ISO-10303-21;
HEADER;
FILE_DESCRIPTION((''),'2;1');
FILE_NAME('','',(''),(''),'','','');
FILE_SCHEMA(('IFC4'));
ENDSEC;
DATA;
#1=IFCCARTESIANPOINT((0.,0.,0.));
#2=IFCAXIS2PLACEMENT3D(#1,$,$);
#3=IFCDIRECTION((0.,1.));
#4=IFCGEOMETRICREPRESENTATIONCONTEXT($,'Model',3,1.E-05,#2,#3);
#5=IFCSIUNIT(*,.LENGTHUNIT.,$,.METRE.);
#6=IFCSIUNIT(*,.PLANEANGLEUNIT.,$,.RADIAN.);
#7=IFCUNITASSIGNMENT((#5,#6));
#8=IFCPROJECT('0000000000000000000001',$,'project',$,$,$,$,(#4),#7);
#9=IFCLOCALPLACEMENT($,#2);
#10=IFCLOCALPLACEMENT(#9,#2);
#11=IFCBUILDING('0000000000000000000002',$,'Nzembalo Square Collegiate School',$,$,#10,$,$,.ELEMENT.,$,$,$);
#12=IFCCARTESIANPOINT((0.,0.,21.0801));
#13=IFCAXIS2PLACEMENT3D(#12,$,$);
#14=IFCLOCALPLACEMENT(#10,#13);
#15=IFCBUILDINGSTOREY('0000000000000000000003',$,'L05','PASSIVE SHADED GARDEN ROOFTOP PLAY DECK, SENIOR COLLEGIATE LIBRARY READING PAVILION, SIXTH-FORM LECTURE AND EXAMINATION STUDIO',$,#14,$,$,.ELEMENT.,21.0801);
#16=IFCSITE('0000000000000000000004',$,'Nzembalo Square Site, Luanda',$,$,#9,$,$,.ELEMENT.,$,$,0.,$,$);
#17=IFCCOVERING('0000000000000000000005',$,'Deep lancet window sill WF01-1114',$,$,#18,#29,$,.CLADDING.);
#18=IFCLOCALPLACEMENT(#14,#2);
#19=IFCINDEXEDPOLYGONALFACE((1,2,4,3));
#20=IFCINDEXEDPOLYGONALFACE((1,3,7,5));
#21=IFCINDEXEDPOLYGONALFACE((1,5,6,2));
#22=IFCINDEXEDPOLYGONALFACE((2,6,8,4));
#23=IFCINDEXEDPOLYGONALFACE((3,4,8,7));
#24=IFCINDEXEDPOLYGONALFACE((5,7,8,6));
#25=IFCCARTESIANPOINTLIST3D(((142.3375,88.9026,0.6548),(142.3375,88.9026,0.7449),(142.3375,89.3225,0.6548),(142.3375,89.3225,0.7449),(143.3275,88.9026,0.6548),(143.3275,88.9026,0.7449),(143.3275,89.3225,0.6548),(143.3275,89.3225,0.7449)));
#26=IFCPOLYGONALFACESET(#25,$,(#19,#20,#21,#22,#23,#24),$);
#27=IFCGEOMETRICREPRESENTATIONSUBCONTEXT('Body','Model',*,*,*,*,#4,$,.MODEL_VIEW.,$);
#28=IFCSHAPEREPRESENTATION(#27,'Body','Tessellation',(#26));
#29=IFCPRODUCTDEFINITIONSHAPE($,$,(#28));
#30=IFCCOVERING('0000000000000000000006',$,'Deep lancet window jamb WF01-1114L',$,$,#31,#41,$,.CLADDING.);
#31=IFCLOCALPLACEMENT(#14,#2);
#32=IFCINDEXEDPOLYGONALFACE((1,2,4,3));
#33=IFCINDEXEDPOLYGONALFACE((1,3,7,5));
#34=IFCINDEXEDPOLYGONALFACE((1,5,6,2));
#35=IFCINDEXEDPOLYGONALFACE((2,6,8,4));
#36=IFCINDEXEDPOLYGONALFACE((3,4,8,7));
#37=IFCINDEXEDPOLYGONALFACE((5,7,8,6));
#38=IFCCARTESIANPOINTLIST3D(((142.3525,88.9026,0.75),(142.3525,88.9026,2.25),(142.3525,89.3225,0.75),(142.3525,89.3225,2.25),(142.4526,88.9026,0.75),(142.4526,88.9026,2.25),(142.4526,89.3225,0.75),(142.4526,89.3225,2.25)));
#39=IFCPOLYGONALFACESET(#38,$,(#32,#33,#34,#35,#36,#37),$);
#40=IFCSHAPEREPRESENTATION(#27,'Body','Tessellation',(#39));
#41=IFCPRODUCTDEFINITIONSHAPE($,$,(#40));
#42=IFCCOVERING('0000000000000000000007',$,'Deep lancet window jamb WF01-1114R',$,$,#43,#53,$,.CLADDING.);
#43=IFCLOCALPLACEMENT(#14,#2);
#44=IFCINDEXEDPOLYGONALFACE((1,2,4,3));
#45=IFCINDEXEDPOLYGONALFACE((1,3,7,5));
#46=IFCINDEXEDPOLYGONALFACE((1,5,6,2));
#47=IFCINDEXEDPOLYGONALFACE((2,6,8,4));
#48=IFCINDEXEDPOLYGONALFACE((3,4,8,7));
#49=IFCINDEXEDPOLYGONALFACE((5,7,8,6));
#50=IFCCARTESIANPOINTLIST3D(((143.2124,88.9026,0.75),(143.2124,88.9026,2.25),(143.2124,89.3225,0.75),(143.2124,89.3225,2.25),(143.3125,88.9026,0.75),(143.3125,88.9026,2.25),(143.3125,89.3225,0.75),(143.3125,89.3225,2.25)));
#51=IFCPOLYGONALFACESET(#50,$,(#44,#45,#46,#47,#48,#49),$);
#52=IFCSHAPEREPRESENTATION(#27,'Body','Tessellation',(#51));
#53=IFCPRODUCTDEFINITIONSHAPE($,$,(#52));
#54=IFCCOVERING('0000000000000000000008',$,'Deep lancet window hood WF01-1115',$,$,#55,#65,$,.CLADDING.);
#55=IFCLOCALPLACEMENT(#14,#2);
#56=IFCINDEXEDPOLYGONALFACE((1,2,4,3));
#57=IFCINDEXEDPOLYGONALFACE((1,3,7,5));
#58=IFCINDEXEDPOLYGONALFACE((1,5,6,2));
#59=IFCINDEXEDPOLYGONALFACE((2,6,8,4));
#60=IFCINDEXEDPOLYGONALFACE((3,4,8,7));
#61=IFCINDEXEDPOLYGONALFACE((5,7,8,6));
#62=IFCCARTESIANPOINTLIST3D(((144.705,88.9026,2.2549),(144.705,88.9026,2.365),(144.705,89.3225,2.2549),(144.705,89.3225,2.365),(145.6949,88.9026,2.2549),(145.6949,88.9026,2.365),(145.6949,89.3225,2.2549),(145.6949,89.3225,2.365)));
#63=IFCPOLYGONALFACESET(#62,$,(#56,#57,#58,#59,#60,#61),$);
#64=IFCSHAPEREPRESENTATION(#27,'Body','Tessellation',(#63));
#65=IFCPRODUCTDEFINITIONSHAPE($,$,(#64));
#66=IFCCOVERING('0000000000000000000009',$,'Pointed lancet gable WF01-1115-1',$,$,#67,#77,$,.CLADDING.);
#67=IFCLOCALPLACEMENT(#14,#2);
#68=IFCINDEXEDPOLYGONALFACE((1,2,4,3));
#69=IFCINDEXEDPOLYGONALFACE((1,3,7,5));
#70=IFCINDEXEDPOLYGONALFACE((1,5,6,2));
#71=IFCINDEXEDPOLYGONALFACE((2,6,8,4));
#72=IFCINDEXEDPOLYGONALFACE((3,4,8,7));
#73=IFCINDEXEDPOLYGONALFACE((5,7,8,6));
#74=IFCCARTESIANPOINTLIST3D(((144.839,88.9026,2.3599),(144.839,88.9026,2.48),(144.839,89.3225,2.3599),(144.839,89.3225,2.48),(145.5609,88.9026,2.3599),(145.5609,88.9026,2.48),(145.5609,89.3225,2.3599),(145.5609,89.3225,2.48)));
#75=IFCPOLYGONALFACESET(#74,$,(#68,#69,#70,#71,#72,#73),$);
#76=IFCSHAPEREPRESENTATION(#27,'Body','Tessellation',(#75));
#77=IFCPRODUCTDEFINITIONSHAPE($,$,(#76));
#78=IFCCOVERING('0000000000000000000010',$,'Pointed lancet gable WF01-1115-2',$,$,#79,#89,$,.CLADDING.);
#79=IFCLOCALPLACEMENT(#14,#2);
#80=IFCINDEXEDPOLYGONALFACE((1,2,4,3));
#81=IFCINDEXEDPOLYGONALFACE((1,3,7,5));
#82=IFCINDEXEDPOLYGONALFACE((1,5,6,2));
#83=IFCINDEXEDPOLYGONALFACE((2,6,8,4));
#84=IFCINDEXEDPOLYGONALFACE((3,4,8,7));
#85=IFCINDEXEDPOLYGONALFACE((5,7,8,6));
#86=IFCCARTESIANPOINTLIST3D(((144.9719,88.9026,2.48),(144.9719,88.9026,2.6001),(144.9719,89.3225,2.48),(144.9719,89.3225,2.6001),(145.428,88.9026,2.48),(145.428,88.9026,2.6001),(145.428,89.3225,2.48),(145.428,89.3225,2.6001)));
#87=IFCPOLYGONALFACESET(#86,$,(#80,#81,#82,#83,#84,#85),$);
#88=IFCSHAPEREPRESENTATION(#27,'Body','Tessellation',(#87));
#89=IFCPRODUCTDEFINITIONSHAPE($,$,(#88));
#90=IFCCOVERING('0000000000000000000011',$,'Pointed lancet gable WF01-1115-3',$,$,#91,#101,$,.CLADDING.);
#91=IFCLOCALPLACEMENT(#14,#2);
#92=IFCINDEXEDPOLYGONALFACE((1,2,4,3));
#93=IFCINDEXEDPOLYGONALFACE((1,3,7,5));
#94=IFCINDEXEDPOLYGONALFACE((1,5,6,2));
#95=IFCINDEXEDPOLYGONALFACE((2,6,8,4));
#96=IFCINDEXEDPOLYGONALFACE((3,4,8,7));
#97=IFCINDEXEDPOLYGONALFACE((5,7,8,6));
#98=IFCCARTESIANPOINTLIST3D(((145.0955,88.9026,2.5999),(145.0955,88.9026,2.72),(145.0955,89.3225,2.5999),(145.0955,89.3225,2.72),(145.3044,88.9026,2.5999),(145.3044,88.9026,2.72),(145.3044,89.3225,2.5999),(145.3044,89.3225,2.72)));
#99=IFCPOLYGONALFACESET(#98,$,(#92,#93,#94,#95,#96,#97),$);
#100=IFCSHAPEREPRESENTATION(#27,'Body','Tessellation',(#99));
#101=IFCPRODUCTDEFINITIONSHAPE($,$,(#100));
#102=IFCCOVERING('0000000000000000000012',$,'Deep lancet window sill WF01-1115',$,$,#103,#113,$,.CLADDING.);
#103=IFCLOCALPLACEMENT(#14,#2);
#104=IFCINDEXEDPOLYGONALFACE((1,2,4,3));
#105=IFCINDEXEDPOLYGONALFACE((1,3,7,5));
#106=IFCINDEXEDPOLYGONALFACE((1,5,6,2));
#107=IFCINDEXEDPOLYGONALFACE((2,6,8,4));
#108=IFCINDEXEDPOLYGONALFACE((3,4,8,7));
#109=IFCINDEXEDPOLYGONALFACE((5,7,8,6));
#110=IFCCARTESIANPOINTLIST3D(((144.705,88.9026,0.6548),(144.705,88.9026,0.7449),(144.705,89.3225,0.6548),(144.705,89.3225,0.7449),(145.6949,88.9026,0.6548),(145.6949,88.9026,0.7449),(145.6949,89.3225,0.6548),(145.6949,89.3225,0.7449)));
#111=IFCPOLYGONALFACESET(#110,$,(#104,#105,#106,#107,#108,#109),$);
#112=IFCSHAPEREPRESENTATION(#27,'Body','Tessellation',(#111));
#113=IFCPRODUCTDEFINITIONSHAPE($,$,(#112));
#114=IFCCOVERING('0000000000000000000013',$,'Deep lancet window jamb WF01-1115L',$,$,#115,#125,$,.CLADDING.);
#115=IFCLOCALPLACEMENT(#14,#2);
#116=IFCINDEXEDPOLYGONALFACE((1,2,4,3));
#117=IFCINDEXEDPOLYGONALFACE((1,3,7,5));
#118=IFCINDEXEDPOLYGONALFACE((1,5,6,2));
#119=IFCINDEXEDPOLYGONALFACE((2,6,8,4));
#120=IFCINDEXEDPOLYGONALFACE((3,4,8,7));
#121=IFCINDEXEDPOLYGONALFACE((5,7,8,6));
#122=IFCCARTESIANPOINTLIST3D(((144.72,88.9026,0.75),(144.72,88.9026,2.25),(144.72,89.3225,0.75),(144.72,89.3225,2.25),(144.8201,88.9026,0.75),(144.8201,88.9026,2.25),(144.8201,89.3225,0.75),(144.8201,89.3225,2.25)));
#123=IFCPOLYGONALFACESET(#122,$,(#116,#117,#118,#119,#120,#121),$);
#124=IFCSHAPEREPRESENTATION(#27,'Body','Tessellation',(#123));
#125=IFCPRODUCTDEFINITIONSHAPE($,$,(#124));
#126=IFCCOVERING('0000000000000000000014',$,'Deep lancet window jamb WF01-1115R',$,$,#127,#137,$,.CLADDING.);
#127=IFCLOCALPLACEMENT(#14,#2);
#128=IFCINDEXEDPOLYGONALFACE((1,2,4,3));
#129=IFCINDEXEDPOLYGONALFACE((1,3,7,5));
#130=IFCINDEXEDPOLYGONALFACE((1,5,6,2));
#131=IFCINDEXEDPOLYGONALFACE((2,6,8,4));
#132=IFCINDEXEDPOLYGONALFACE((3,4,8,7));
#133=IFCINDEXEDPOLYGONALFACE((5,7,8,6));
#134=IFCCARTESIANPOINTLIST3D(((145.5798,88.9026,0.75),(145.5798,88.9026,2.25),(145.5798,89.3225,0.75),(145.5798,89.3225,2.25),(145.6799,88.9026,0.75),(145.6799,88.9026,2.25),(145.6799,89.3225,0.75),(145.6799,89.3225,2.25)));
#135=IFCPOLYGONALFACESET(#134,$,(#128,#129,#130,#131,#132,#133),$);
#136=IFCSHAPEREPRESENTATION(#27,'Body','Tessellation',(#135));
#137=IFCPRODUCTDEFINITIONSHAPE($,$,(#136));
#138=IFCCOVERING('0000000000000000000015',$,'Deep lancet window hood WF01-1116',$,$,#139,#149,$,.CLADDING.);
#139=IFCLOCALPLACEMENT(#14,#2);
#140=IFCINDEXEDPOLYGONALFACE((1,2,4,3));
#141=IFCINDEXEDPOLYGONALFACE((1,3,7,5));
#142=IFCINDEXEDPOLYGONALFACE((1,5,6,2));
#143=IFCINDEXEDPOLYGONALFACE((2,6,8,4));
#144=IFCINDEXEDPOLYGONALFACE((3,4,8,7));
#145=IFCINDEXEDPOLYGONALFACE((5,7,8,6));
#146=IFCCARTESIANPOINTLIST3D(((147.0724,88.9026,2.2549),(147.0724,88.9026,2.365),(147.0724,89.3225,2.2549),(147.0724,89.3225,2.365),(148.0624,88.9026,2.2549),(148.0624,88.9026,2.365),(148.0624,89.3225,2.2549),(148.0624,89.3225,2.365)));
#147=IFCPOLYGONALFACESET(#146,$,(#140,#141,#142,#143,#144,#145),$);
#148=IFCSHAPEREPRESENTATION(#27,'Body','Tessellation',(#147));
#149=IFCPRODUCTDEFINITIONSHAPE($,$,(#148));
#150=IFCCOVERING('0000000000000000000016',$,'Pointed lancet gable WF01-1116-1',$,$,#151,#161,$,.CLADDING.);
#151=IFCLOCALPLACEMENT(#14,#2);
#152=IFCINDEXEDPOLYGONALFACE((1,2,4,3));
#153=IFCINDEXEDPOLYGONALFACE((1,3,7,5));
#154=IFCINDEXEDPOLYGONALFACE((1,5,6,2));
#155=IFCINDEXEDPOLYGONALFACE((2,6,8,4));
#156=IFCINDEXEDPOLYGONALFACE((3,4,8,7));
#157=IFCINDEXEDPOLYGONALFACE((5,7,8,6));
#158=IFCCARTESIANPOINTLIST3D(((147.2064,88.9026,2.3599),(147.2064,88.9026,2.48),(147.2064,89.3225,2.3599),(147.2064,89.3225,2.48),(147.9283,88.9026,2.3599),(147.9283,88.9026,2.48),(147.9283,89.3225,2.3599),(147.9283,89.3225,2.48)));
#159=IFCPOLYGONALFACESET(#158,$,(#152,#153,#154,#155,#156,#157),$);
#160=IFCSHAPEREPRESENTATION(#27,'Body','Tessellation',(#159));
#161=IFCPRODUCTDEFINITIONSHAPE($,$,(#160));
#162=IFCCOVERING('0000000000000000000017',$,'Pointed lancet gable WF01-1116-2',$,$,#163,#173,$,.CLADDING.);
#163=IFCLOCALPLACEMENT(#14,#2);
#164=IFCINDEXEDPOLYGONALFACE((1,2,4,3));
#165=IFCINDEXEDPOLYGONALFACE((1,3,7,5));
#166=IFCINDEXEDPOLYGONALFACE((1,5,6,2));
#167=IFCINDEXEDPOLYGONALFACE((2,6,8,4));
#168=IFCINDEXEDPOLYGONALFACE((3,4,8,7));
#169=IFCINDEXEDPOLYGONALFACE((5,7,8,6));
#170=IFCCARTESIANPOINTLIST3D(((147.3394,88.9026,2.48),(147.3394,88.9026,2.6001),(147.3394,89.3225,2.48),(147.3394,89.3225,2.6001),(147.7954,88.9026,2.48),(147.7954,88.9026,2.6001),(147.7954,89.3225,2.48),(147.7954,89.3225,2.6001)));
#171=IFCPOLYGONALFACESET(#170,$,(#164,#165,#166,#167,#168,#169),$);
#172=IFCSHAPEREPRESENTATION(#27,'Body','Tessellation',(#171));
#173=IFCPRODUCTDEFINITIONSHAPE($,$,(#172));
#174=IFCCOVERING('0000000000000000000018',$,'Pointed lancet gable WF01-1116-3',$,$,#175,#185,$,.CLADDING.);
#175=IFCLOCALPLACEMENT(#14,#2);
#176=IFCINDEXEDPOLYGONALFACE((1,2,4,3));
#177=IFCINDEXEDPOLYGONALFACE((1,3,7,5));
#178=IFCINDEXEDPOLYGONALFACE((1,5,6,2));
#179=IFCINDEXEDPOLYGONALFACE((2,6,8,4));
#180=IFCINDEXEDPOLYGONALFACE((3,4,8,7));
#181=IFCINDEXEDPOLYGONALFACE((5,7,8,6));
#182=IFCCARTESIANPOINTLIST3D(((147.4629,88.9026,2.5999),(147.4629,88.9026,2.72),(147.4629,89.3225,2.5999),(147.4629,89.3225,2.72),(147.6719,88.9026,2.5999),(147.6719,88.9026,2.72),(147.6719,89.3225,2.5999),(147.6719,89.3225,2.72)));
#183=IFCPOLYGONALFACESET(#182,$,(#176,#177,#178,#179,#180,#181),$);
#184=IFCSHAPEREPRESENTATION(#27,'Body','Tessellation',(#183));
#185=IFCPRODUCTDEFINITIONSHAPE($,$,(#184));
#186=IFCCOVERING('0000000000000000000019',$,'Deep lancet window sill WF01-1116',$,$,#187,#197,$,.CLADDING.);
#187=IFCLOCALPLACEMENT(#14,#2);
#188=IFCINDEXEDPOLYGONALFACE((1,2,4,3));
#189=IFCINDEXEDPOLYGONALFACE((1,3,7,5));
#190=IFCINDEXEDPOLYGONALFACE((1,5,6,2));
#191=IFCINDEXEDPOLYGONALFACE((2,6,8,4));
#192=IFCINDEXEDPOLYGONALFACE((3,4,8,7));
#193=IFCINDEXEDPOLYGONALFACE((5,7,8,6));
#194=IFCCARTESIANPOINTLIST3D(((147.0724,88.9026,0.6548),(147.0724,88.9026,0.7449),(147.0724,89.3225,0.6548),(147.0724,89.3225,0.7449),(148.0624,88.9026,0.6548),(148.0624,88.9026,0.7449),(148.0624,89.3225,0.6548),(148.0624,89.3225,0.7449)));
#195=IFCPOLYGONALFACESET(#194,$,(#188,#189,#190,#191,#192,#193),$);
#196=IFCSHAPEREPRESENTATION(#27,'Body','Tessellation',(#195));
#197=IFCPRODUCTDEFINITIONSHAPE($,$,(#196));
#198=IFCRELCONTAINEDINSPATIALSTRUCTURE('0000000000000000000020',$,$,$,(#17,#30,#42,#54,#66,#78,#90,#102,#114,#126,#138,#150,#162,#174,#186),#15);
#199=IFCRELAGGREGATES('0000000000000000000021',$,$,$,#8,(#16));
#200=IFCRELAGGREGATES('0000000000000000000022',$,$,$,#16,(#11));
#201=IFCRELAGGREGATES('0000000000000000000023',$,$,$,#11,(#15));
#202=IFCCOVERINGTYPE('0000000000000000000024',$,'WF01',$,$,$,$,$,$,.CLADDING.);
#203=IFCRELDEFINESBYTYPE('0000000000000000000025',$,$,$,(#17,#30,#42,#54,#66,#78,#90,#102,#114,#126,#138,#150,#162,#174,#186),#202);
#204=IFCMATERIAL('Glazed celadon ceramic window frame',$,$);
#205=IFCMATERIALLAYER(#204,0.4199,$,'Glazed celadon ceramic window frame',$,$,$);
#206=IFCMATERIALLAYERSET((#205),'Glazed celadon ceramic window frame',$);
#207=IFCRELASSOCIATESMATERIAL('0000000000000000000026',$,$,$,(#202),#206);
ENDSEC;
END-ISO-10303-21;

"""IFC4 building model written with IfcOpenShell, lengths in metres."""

from ifc_helpers import new_model, si_unit, direction, frame, origin, origin_2d, place, context, subcontext, project, spatial, rectangle, extrude, material, layer, layer_set, type_object, element, save


model = new_model("IFC4")

# Units and contexts
model_context = context("Model", 3, precision=1e-05, world=origin(), true_north=direction((0.0, 1.0)))
body_context = subcontext(model_context, "Body", "Model", "MODEL_VIEW")
ifc_project = project(units=[si_unit("LENGTHUNIT", "METRE"), si_unit("PLANEANGLEUNIT", "RADIAN")], contexts=[model_context])

# Site, building, storey
site_placement = place(None, origin())
site = spatial("IfcSite", under=ifc_project, at=site_placement, Name="Nzembalo Square Site, Luanda", CompositionType="ELEMENT", RefElevation=0.0)
building_placement = place(site_placement, origin())
building = spatial("IfcBuilding", under=site, at=building_placement, Name="Nzembalo Square Collegiate School", CompositionType="ELEMENT")
storey_placement = place(building_placement, frame((0.0, 0.0, 21.0801)))
storey = spatial("IfcBuildingStorey", under=building, at=storey_placement, Name="L05", Description="PASSIVE SHADED GARDEN ROOFTOP PLAY DECK, SENIOR COLLEGIATE LIBRARY READING PAVILION, SIXTH-FORM LECTURE AND EXAMINATION STUDIO", CompositionType="ELEMENT", Elevation=21.0801)

# Coverings
ifc_material_1 = material(Name="Glazed celadon ceramic window frame")
ifc_layer_1 = layer(ifc_material_1, 0.4199, Name="Glazed celadon ceramic window frame")
ifc_layer_set_1 = layer_set([ifc_layer_1], Name="Glazed celadon ceramic window frame")
covering_type_1 = type_object("IfcCoveringType", Name="WF01", PredefinedType="CLADDING", material=ifc_layer_set_1)
covering_1_placement = place(storey_placement, frame((142.8325, 89.1125, 0.6548), z_axis=(0.0, 0.0, 1.0), x_axis=(1.0, 0.0, 0.0)))
element("IfcCovering", 1, at=covering_1_placement, inside=storey, type_object=covering_type_1, Name="Deep lancet window sill WF01-1114", PredefinedType="CLADDING", context=body_context, shape_type="SweptSolid", body=[
    extrude(rectangle(XDim=0.99, YDim=0.4199, at=origin_2d()), origin(), (0.0, 0.0, 1.0), 0.0901),
])
for number, where, z_axis, x_axis, name in (
    (2, (142.4026, 89.1125, 0.75), (0.0, 0.0, 1.0), (1.0, 0.0, 0.0), "Deep lancet window jamb WF01-1114L"),
    (3, (143.2625, 89.1125, 0.75), (0.0, 0.0, 1.0), (1.0, 0.0, 0.0), "Deep lancet window jamb WF01-1114R"),
):
    element("IfcCovering", number, at=place(storey_placement, frame(where, z_axis=z_axis, x_axis=x_axis)), inside=storey, type_object=covering_type_1, Name=name, PredefinedType="CLADDING", context=body_context, shape_type="SweptSolid", body=[
        extrude(rectangle(XDim=0.1001, YDim=0.4199, at=origin_2d()), origin(), (0.0, 0.0, 1.0), 1.5),
    ])
covering_2_placement = place(storey_placement, frame((145.2, 89.1125, 2.2549), z_axis=(0.0, 0.0, 1.0), x_axis=(1.0, 0.0, 0.0)))
element("IfcCovering", 4, at=covering_2_placement, inside=storey, type_object=covering_type_1, Name="Deep lancet window hood WF01-1115", PredefinedType="CLADDING", context=body_context, shape_type="SweptSolid", body=[
    extrude(rectangle(XDim=0.99, YDim=0.4199, at=origin_2d()), origin(), (0.0, 0.0, 1.0), 0.1101),
])
covering_3_placement = place(storey_placement, frame((145.2, 89.1125, 2.3599), z_axis=(0.0, 0.0, 1.0), x_axis=(1.0, 0.0, 0.0)))
element("IfcCovering", 5, at=covering_3_placement, inside=storey, type_object=covering_type_1, Name="Pointed lancet gable WF01-1115-1", PredefinedType="CLADDING", context=body_context, shape_type="SweptSolid", body=[
    extrude(rectangle(XDim=0.7219, YDim=0.4199, at=origin_2d()), origin(), (0.0, 0.0, 1.0), 0.1201),
])
covering_4_placement = place(storey_placement, frame((145.2, 89.1125, 2.48), z_axis=(0.0, 0.0, 1.0), x_axis=(1.0, 0.0, 0.0)))
element("IfcCovering", 6, at=covering_4_placement, inside=storey, type_object=covering_type_1, Name="Pointed lancet gable WF01-1115-2", PredefinedType="CLADDING", context=body_context, shape_type="SweptSolid", body=[
    extrude(rectangle(XDim=0.4561, YDim=0.4199, at=origin_2d()), origin(), (0.0, 0.0, 1.0), 0.1201),
])
covering_5_placement = place(storey_placement, frame((145.2, 89.1125, 2.5999), z_axis=(0.0, 0.0, 1.0), x_axis=(1.0, 0.0, 0.0)))
element("IfcCovering", 7, at=covering_5_placement, inside=storey, type_object=covering_type_1, Name="Pointed lancet gable WF01-1115-3", PredefinedType="CLADDING", context=body_context, shape_type="SweptSolid", body=[
    extrude(rectangle(XDim=0.209, YDim=0.4199, at=origin_2d()), origin(), (0.0, 0.0, 1.0), 0.1201),
])
covering_6_placement = place(storey_placement, frame((145.2, 89.1125, 0.6548), z_axis=(0.0, 0.0, 1.0), x_axis=(1.0, 0.0, 0.0)))
element("IfcCovering", 8, at=covering_6_placement, inside=storey, type_object=covering_type_1, Name="Deep lancet window sill WF01-1115", PredefinedType="CLADDING", context=body_context, shape_type="SweptSolid", body=[
    extrude(rectangle(XDim=0.99, YDim=0.4199, at=origin_2d()), origin(), (0.0, 0.0, 1.0), 0.0901),
])
for number, where, z_axis, x_axis, name in (
    (9, (144.77, 89.1125, 0.75), (0.0, 0.0, 1.0), (1.0, 0.0, 0.0), "Deep lancet window jamb WF01-1115L"),
    (10, (145.6299, 89.1125, 0.75), (0.0, 0.0, 1.0), (1.0, 0.0, 0.0), "Deep lancet window jamb WF01-1115R"),
):
    element("IfcCovering", number, at=place(storey_placement, frame(where, z_axis=z_axis, x_axis=x_axis)), inside=storey, type_object=covering_type_1, Name=name, PredefinedType="CLADDING", context=body_context, shape_type="SweptSolid", body=[
        extrude(rectangle(XDim=0.1001, YDim=0.4199, at=origin_2d()), origin(), (0.0, 0.0, 1.0), 1.5),
    ])
covering_7_placement = place(storey_placement, frame((147.5674, 89.1125, 2.2549), z_axis=(0.0, 0.0, 1.0), x_axis=(1.0, 0.0, 0.0)))
element("IfcCovering", 11, at=covering_7_placement, inside=storey, type_object=covering_type_1, Name="Deep lancet window hood WF01-1116", PredefinedType="CLADDING", context=body_context, shape_type="SweptSolid", body=[
    extrude(rectangle(XDim=0.99, YDim=0.4199, at=origin_2d()), origin(), (0.0, 0.0, 1.0), 0.1101),
])
covering_8_placement = place(storey_placement, frame((147.5674, 89.1125, 2.3599), z_axis=(0.0, 0.0, 1.0), x_axis=(1.0, 0.0, 0.0)))
element("IfcCovering", 12, at=covering_8_placement, inside=storey, type_object=covering_type_1, Name="Pointed lancet gable WF01-1116-1", PredefinedType="CLADDING", context=body_context, shape_type="SweptSolid", body=[
    extrude(rectangle(XDim=0.7219, YDim=0.4199, at=origin_2d()), origin(), (0.0, 0.0, 1.0), 0.1201),
])
covering_9_placement = place(storey_placement, frame((147.5674, 89.1125, 2.48), z_axis=(0.0, 0.0, 1.0), x_axis=(1.0, 0.0, 0.0)))
element("IfcCovering", 13, at=covering_9_placement, inside=storey, type_object=covering_type_1, Name="Pointed lancet gable WF01-1116-2", PredefinedType="CLADDING", context=body_context, shape_type="SweptSolid", body=[
    extrude(rectangle(XDim=0.4561, YDim=0.4199, at=origin_2d()), origin(), (0.0, 0.0, 1.0), 0.1201),
])
covering_10_placement = place(storey_placement, frame((147.5674, 89.1125, 2.5999), z_axis=(0.0, 0.0, 1.0), x_axis=(1.0, 0.0, 0.0)))
element("IfcCovering", 14, at=covering_10_placement, inside=storey, type_object=covering_type_1, Name="Pointed lancet gable WF01-1116-3", PredefinedType="CLADDING", context=body_context, shape_type="SweptSolid", body=[
    extrude(rectangle(XDim=0.209, YDim=0.4199, at=origin_2d()), origin(), (0.0, 0.0, 1.0), 0.1201),
])
covering_11_placement = place(storey_placement, frame((147.5674, 89.1125, 0.6548), z_axis=(0.0, 0.0, 1.0), x_axis=(1.0, 0.0, 0.0)))
element("IfcCovering", 15, at=covering_11_placement, inside=storey, type_object=covering_type_1, Name="Deep lancet window sill WF01-1116", PredefinedType="CLADDING", context=body_context, shape_type="SweptSolid", body=[
    extrude(rectangle(XDim=0.99, YDim=0.4199, at=origin_2d()), origin(), (0.0, 0.0, 1.0), 0.0901),
])

save(model, "model.ifc")
